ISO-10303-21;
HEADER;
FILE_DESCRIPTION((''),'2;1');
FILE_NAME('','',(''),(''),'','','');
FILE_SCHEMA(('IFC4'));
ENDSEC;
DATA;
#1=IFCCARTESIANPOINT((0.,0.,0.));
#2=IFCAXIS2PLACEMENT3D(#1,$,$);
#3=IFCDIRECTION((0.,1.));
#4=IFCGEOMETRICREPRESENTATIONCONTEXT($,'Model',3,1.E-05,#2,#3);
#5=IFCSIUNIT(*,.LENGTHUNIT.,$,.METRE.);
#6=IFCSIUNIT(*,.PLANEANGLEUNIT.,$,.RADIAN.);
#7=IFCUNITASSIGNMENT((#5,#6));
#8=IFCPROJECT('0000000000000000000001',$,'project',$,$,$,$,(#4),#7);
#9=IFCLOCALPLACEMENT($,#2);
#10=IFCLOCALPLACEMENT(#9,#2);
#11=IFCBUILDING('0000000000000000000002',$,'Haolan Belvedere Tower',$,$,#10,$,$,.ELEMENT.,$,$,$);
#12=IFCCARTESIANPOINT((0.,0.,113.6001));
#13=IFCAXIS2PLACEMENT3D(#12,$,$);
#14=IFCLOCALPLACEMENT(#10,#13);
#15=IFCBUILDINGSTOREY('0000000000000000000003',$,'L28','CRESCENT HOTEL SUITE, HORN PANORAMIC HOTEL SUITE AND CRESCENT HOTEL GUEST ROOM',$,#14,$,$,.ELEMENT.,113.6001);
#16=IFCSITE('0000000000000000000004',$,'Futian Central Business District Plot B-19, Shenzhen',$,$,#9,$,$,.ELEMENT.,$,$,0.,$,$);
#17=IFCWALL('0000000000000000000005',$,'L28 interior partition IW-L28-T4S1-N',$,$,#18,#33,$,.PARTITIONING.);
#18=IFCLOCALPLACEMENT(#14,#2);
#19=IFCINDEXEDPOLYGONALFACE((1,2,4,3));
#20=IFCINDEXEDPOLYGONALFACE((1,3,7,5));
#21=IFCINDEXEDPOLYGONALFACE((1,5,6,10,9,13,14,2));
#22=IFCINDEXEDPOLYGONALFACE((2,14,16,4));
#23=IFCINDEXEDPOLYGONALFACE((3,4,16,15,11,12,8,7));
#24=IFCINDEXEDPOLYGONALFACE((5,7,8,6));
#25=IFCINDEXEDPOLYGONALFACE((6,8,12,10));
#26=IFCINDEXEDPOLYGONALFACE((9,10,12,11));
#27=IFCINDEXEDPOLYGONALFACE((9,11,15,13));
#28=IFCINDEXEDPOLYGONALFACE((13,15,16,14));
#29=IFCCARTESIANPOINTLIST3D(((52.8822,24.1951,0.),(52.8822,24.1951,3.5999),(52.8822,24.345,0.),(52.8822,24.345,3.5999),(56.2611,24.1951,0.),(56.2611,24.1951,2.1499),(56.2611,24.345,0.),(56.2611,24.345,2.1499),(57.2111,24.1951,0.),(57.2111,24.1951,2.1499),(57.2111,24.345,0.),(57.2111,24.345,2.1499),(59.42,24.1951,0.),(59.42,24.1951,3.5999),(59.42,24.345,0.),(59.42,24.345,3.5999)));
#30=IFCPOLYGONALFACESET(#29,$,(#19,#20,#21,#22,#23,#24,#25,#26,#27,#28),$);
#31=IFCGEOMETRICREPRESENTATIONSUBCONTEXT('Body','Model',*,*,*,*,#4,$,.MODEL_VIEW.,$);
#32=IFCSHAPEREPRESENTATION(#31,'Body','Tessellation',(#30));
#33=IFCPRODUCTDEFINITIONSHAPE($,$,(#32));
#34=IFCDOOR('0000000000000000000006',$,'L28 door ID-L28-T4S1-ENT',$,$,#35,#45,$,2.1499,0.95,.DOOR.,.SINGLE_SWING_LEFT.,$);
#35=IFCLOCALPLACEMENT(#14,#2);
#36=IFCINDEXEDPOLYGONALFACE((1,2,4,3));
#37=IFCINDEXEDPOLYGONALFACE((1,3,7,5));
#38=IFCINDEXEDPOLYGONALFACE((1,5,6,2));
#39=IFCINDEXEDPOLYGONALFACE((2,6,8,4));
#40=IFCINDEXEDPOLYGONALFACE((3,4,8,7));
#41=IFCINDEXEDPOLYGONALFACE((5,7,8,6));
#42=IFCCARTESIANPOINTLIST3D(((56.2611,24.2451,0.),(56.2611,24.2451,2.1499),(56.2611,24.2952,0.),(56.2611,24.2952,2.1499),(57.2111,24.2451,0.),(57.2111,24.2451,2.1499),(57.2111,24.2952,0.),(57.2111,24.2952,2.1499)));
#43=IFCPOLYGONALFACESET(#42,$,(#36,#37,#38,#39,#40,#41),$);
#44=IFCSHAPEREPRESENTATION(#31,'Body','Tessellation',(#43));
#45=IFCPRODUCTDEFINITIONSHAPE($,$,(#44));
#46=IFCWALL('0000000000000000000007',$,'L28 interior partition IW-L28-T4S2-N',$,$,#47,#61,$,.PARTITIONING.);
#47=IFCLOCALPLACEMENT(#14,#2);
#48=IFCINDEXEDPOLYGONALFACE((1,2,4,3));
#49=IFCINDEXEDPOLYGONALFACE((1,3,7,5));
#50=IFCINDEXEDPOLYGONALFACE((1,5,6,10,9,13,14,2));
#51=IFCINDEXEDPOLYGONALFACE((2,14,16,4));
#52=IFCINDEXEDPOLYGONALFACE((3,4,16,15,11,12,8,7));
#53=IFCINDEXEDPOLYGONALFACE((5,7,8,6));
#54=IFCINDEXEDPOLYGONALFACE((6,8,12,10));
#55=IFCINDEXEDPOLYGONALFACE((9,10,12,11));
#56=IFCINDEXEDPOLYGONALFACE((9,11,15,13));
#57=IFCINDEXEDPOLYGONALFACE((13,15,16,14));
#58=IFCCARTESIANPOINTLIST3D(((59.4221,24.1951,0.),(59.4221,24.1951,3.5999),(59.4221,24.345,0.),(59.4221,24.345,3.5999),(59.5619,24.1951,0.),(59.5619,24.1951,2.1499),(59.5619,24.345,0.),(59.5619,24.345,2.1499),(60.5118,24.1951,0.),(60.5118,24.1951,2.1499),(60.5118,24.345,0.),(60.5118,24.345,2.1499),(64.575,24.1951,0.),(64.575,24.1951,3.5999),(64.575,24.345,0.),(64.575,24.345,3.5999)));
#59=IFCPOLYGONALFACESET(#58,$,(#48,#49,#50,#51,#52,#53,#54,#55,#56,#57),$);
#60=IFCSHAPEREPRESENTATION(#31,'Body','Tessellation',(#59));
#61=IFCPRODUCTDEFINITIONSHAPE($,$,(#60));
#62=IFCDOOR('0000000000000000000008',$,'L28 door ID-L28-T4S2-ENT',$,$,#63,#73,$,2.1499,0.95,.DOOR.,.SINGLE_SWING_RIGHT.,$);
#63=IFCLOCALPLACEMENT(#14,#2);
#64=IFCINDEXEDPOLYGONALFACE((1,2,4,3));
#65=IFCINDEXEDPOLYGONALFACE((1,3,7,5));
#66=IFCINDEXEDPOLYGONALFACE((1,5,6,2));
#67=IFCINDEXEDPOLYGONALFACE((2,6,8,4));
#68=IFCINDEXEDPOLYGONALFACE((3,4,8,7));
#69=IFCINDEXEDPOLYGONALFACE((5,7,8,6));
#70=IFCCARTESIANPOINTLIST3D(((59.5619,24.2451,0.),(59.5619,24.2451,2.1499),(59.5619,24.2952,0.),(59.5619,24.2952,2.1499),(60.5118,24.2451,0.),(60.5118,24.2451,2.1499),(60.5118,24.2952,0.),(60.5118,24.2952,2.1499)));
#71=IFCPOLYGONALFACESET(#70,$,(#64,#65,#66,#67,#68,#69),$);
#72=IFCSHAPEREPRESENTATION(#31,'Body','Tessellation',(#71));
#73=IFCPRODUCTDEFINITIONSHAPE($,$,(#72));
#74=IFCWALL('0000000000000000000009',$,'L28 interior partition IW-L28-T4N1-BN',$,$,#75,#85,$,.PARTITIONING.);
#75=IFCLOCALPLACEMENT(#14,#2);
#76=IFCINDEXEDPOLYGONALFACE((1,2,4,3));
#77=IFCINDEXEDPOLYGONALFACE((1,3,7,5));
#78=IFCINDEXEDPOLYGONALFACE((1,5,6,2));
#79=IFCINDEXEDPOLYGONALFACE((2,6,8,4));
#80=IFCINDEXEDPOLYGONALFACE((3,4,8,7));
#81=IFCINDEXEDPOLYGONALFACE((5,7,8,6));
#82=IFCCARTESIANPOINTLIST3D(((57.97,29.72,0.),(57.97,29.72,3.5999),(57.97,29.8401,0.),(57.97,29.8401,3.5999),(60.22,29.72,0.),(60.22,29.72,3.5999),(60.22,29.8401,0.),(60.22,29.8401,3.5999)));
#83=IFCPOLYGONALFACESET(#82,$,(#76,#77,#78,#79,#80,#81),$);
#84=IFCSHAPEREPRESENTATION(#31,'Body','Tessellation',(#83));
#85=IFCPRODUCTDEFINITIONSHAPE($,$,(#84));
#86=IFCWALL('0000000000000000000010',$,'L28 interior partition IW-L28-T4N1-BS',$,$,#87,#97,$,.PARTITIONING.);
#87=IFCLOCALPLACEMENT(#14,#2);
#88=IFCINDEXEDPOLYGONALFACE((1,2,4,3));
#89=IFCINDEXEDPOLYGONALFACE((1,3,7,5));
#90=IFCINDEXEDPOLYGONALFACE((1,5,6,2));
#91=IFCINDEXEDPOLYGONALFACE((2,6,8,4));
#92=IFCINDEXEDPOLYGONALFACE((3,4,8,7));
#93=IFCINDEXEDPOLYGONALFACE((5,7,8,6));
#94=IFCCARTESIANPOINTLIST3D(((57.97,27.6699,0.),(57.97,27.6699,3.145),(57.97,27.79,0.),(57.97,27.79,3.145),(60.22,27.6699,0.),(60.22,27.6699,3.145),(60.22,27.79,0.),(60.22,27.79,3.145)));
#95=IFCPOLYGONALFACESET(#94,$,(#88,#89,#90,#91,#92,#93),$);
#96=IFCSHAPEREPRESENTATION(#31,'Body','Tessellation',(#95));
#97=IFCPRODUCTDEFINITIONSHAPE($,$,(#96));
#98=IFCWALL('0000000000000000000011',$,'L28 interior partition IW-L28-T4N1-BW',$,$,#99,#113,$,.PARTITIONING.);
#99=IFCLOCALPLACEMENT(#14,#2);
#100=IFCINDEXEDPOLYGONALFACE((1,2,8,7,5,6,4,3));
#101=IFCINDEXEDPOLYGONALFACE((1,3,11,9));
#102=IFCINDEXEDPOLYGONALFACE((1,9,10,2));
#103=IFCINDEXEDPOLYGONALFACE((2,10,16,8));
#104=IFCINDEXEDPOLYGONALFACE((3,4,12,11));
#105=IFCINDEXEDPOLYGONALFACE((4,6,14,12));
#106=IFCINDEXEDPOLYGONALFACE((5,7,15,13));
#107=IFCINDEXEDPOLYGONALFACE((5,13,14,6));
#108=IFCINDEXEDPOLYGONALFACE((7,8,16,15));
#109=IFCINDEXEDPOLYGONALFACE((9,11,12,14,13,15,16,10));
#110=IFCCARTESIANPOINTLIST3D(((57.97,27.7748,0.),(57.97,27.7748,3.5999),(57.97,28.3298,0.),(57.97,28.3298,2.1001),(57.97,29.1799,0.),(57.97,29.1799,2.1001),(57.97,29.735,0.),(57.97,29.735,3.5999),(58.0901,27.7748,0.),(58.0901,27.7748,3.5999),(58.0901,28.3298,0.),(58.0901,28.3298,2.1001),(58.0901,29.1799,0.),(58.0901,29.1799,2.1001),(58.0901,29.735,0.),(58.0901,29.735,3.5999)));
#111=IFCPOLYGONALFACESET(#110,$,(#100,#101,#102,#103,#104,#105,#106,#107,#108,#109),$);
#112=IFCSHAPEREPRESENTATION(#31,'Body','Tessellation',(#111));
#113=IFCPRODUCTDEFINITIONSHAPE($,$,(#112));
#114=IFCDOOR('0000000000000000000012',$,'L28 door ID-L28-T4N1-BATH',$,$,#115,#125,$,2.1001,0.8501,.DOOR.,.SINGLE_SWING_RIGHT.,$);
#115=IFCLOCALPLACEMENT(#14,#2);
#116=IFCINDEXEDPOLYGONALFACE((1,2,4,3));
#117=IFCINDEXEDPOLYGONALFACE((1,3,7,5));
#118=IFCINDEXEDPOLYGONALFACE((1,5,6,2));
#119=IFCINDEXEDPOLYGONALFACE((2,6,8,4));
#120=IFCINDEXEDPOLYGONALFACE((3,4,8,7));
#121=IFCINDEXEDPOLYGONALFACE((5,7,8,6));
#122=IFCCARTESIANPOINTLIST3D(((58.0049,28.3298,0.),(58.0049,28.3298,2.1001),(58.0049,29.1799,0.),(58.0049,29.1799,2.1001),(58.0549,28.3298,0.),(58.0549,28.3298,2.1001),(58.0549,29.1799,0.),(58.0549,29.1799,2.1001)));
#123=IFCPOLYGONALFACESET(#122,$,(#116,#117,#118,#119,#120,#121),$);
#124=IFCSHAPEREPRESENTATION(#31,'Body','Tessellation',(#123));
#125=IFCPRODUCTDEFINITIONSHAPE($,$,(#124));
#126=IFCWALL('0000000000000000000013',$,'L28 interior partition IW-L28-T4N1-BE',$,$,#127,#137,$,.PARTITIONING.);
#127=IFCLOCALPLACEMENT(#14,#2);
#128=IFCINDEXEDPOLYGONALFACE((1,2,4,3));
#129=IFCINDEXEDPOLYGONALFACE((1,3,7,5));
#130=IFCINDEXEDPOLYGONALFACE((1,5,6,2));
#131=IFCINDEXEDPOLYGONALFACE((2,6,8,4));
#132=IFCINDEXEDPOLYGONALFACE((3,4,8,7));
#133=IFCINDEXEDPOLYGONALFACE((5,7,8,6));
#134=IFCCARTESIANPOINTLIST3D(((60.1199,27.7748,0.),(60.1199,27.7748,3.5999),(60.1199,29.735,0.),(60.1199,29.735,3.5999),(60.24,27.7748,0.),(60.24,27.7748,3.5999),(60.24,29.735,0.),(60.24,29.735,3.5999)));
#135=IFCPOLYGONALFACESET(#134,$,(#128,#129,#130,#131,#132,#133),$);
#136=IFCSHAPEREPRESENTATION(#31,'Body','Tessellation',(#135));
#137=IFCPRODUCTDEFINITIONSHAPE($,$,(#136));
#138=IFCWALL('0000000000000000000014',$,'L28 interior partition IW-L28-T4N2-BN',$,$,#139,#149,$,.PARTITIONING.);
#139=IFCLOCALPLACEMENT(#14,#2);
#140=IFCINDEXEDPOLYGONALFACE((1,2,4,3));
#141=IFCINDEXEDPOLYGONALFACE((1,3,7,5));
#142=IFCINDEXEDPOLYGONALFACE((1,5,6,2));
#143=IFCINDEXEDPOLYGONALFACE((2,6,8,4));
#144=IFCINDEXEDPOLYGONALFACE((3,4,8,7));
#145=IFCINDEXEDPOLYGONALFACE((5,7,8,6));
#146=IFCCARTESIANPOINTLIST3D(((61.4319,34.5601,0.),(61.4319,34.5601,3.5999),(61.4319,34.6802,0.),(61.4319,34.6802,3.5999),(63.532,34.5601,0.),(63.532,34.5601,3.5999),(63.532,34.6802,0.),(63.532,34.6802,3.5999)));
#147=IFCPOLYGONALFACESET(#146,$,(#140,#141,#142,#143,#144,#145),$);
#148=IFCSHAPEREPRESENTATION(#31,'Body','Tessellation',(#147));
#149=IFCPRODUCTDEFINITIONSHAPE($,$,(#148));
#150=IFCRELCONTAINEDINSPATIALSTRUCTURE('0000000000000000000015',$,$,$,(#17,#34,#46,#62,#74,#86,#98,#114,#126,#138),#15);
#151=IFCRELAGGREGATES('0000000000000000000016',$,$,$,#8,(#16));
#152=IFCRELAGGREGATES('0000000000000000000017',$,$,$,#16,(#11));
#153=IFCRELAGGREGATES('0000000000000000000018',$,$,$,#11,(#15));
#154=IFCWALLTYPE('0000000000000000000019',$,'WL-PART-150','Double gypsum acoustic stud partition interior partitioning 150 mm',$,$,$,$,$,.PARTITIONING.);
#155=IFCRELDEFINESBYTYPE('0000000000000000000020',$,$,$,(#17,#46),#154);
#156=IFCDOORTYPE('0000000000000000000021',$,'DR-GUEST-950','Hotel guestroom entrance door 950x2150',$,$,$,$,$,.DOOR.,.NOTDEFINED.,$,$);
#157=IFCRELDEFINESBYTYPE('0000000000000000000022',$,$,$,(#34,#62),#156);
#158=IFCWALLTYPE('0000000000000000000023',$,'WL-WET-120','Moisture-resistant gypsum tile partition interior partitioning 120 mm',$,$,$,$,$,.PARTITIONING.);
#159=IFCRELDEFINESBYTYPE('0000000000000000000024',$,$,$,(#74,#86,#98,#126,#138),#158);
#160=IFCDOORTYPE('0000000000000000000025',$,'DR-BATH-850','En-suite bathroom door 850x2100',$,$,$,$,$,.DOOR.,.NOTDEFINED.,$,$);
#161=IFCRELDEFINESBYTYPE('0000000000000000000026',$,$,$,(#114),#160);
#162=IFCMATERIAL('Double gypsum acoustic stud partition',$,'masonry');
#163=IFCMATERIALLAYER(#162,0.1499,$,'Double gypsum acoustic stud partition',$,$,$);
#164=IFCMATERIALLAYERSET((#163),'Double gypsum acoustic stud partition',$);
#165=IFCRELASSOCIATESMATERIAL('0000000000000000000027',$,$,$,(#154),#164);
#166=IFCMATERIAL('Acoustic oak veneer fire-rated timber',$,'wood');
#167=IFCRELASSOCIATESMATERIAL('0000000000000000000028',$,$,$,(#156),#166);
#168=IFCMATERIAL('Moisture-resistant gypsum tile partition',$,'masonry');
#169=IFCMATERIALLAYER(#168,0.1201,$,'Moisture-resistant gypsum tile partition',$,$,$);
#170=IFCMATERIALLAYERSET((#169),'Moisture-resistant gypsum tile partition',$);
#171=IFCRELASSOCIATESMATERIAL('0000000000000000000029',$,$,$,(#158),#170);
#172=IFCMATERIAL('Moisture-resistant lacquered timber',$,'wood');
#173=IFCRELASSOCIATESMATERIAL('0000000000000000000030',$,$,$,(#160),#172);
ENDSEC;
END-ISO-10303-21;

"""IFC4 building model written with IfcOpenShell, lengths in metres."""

from ifc_helpers import new_model, si_unit, direction, frame, frame_2d, origin, place, context, subcontext, project, spatial, rectangle, extrude, material, layer, layer_set, type_object, element, fill, save


model = new_model("IFC4")

# Units and contexts
model_context = context("Model", 3, precision=1e-05, world=origin(), true_north=direction((0.0, 1.0)))
body_context = subcontext(model_context, "Body", "Model", "MODEL_VIEW")
ifc_project = project(units=[si_unit("LENGTHUNIT", "METRE"), si_unit("PLANEANGLEUNIT", "RADIAN")], contexts=[model_context])

# Site, building, storey
site_placement = place(None, origin())
site = spatial("IfcSite", under=ifc_project, at=site_placement, Name="Futian Central Business District Plot B-19, Shenzhen", CompositionType="ELEMENT", RefElevation=0.0)
building_placement = place(site_placement, origin())
building = spatial("IfcBuilding", under=site, at=building_placement, Name="Haolan Belvedere Tower", CompositionType="ELEMENT")
storey_placement = place(building_placement, frame((0.0, 0.0, 113.6001)))
storey = spatial("IfcBuildingStorey", under=building, at=storey_placement, Name="L28", Description="CRESCENT HOTEL SUITE, HORN PANORAMIC HOTEL SUITE AND CRESCENT HOTEL GUEST ROOM", CompositionType="ELEMENT", Elevation=113.6001)

# Shared definitions
ifc_material_1 = material(Name="Double gypsum acoustic stud partition", Category="masonry")
ifc_layer_1 = layer(ifc_material_1, 0.1499, Name="Double gypsum acoustic stud partition")
ifc_layer_set_1 = layer_set([ifc_layer_1], Name="Double gypsum acoustic stud partition")
wall_type_1 = type_object("IfcWallType", Name="WL-PART-150", Description="Double gypsum acoustic stud partition interior partitioning 150 mm", PredefinedType="PARTITIONING", material=ifc_layer_set_1)

# Walls, openings, doors
ifc_material_2 = material(Name="Acoustic oak veneer fire-rated timber", Category="wood")
door_type_1 = type_object("IfcDoorType", Name="DR-GUEST-950", Description="Hotel guestroom entrance door 950x2150", OperationType="NOTDEFINED", PredefinedType="DOOR", material=ifc_material_2)
wall_1_placement = place(storey_placement, frame((52.8821, 24.27, 0.0), z_axis=(0.0, 0.0, 1.0), x_axis=(1.0, 0.0, 0.0)))
wall_1 = element("IfcWall", 1, at=wall_1_placement, inside=storey, type_object=wall_type_1, Name="L28 interior partition IW-L28-T4S1-N", PredefinedType="PARTITIONING", context=body_context, shape_type="SweptSolid", body=[
    extrude(rectangle(XDim=6.5378, YDim=0.1499, at=frame_2d((3.269, 0.0))), origin(), (0.0, 0.0, 1.0), 3.5999),
])
opening_1_placement = place(wall_1_placement, frame((4.3291, 0.0, 0.0), z_axis=(0.0, 0.0, 1.0), x_axis=(-1.0, 0.0, 0.0)))
opening_1 = element("IfcOpeningElement", 2, at=opening_1_placement, cuts=wall_1, PredefinedType="OPENING", context=body_context, shape_type="SweptSolid", body=[
    extrude(rectangle(XDim=0.95, YDim=2.1499, at=frame_2d((0.4751, 1.075))), frame((0.0, 0.085, 0.0), z_axis=(0.0, -1.0, 0.0), x_axis=(1.0, 0.0, 0.0)), (0.0, 0.0, 1.0), 0.1699),
])
door_1_placement = place(opening_1_placement, origin())
door_1 = element("IfcDoor", 3, at=door_1_placement, inside=storey, type_object=door_type_1, Name="L28 door ID-L28-T4S1-ENT", OperationType="SINGLE_SWING_LEFT", OverallHeight=2.1499, OverallWidth=0.95, PredefinedType="DOOR", context=body_context, shape_type="SweptSolid", body=[
    extrude(rectangle(XDim=0.95, YDim=2.1499, at=frame_2d((0.4751, 1.075))), frame((0.0, 0.0249, 0.0), z_axis=(0.0, -1.0, 0.0), x_axis=(1.0, 0.0, 0.0)), (0.0, 0.0, 1.0), 0.05),
])
fill(opening_1, door_1)
wall_2_placement = place(storey_placement, frame((59.4221, 24.27, 0.0), z_axis=(0.0, 0.0, 1.0), x_axis=(1.0, 0.0, 0.0)))
wall_2 = element("IfcWall", 4, at=wall_2_placement, inside=storey, type_object=wall_type_1, Name="L28 interior partition IW-L28-T4S2-N", PredefinedType="PARTITIONING", context=body_context, shape_type="SweptSolid", body=[
    extrude(rectangle(XDim=5.1528, YDim=0.1499, at=frame_2d((2.5764, 0.0))), origin(), (0.0, 0.0, 1.0), 3.5999),
])
opening_2_placement = place(wall_2_placement, frame((1.0898, 0.0, 0.0), z_axis=(0.0, 0.0, 1.0), x_axis=(-1.0, 0.0, 0.0)))
opening_2 = element("IfcOpeningElement", 5, at=opening_2_placement, cuts=wall_2, PredefinedType="OPENING", context=body_context, shape_type="SweptSolid", body=[
    extrude(rectangle(XDim=0.95, YDim=2.1499, at=frame_2d((0.4751, 1.075))), frame((0.0, 0.085, 0.0), z_axis=(0.0, -1.0, 0.0), x_axis=(1.0, 0.0, 0.0)), (0.0, 0.0, 1.0), 0.1699),
])
door_2_placement = place(opening_2_placement, origin())
door_2 = element("IfcDoor", 6, at=door_2_placement, inside=storey, type_object=door_type_1, Name="L28 door ID-L28-T4S2-ENT", OperationType="SINGLE_SWING_RIGHT", OverallHeight=2.1499, OverallWidth=0.95, PredefinedType="DOOR", context=body_context, shape_type="SweptSolid", body=[
    extrude(rectangle(XDim=0.95, YDim=2.1499, at=frame_2d((0.4751, 1.075))), frame((0.0, 0.0249, 0.0), z_axis=(0.0, -1.0, 0.0), x_axis=(1.0, 0.0, 0.0)), (0.0, 0.0, 1.0), 0.05),
])
fill(opening_2, door_2)

# Walls
ifc_material_3 = material(Name="Moisture-resistant gypsum tile partition", Category="masonry")
ifc_layer_2 = layer(ifc_material_3, 0.1201, Name="Moisture-resistant gypsum tile partition")
ifc_layer_set_2 = layer_set([ifc_layer_2], Name="Moisture-resistant gypsum tile partition")
wall_type_2 = type_object("IfcWallType", Name="WL-WET-120", Description="Moisture-resistant gypsum tile partition interior partitioning 120 mm", PredefinedType="PARTITIONING", material=ifc_layer_set_2)
wall_3_placement = place(storey_placement, frame((57.97, 29.78, 0.0), z_axis=(0.0, 0.0, 1.0), x_axis=(1.0, 0.0, 0.0)))
element("IfcWall", 7, at=wall_3_placement, inside=storey, type_object=wall_type_2, Name="L28 interior partition IW-L28-T4N1-BN", PredefinedType="PARTITIONING", context=body_context, shape_type="SweptSolid", body=[
    extrude(rectangle(XDim=2.25, YDim=0.1201, at=frame_2d((1.125, 0.0))), origin(), (0.0, 0.0, 1.0), 3.5999),
])
wall_4_placement = place(storey_placement, frame((57.97, 27.73, 0.0), z_axis=(0.0, 0.0, 1.0), x_axis=(1.0, 0.0, 0.0)))
element("IfcWall", 8, at=wall_4_placement, inside=storey, type_object=wall_type_2, Name="L28 interior partition IW-L28-T4N1-BS", PredefinedType="PARTITIONING", context=body_context, shape_type="SweptSolid", body=[
    extrude(rectangle(XDim=2.25, YDim=0.1201, at=frame_2d((1.125, 0.0))), origin(), (0.0, 0.0, 1.0), 3.145),
])

# Wall, opening, door
wall_5_placement = place(storey_placement, frame((58.03, 27.7749, 0.0), z_axis=(0.0, 0.0, 1.0), x_axis=(0.0, 1.0, 0.0)))
wall_5 = element("IfcWall", 9, at=wall_5_placement, inside=storey, type_object=wall_type_2, Name="L28 interior partition IW-L28-T4N1-BW", PredefinedType="PARTITIONING", context=body_context, shape_type="SweptSolid", body=[
    extrude(rectangle(XDim=1.9602, YDim=0.1201, at=frame_2d((0.98, 0.0))), origin(), (0.0, 0.0, 1.0), 3.5999),
])
opening_3_placement = place(wall_5_placement, frame((1.405, 0.0, 0.0), z_axis=(0.0, 0.0, 1.0), x_axis=(-1.0, 0.0, 0.0)))
opening_3 = element("IfcOpeningElement", 10, at=opening_3_placement, cuts=wall_5, PredefinedType="OPENING", context=body_context, shape_type="SweptSolid", body=[
    extrude(rectangle(XDim=0.8501, YDim=2.1001, at=frame_2d((0.425, 1.05))), frame((0.0, 0.0701, 0.0), z_axis=(0.0, -1.0, 0.0), x_axis=(1.0, 0.0, 0.0)), (0.0, 0.0, 1.0), 0.1401),
])
ifc_material_4 = material(Name="Moisture-resistant lacquered timber", Category="wood")
door_type_2 = type_object("IfcDoorType", Name="DR-BATH-850", Description="En-suite bathroom door 850x2100", OperationType="NOTDEFINED", PredefinedType="DOOR", material=ifc_material_4)
door_3_placement = place(opening_3_placement, origin())
door_3 = element("IfcDoor", 11, at=door_3_placement, inside=storey, type_object=door_type_2, Name="L28 door ID-L28-T4N1-BATH", OperationType="SINGLE_SWING_RIGHT", OverallHeight=2.1001, OverallWidth=0.8501, PredefinedType="DOOR", context=body_context, shape_type="SweptSolid", body=[
    extrude(rectangle(XDim=0.8501, YDim=2.1001, at=frame_2d((0.425, 1.05))), frame((0.0, 0.0249, 0.0), z_axis=(0.0, -1.0, 0.0), x_axis=(1.0, 0.0, 0.0)), (0.0, 0.0, 1.0), 0.05),
])
fill(opening_3, door_3)

# Walls
wall_6_placement = place(storey_placement, frame((60.1799, 27.7749, 0.0), z_axis=(0.0, 0.0, 1.0), x_axis=(0.0, 1.0, 0.0)))
element("IfcWall", 12, at=wall_6_placement, inside=storey, type_object=wall_type_2, Name="L28 interior partition IW-L28-T4N1-BE", PredefinedType="PARTITIONING", context=body_context, shape_type="SweptSolid", body=[
    extrude(rectangle(XDim=1.9602, YDim=0.1201, at=frame_2d((0.98, 0.0))), origin(), (0.0, 0.0, 1.0), 3.5999),
])
wall_7_placement = place(storey_placement, frame((61.4319, 34.6201, 0.0), z_axis=(0.0, 0.0, 1.0), x_axis=(1.0, 0.0, 0.0)))
element("IfcWall", 13, at=wall_7_placement, inside=storey, type_object=wall_type_2, Name="L28 interior partition IW-L28-T4N2-BN", PredefinedType="PARTITIONING", context=body_context, shape_type="SweptSolid", body=[
    extrude(rectangle(XDim=2.1001, YDim=0.1201, at=frame_2d((1.05, 0.0))), origin(), (0.0, 0.0, 1.0), 3.5999),
])

save(model, "model.ifc")
